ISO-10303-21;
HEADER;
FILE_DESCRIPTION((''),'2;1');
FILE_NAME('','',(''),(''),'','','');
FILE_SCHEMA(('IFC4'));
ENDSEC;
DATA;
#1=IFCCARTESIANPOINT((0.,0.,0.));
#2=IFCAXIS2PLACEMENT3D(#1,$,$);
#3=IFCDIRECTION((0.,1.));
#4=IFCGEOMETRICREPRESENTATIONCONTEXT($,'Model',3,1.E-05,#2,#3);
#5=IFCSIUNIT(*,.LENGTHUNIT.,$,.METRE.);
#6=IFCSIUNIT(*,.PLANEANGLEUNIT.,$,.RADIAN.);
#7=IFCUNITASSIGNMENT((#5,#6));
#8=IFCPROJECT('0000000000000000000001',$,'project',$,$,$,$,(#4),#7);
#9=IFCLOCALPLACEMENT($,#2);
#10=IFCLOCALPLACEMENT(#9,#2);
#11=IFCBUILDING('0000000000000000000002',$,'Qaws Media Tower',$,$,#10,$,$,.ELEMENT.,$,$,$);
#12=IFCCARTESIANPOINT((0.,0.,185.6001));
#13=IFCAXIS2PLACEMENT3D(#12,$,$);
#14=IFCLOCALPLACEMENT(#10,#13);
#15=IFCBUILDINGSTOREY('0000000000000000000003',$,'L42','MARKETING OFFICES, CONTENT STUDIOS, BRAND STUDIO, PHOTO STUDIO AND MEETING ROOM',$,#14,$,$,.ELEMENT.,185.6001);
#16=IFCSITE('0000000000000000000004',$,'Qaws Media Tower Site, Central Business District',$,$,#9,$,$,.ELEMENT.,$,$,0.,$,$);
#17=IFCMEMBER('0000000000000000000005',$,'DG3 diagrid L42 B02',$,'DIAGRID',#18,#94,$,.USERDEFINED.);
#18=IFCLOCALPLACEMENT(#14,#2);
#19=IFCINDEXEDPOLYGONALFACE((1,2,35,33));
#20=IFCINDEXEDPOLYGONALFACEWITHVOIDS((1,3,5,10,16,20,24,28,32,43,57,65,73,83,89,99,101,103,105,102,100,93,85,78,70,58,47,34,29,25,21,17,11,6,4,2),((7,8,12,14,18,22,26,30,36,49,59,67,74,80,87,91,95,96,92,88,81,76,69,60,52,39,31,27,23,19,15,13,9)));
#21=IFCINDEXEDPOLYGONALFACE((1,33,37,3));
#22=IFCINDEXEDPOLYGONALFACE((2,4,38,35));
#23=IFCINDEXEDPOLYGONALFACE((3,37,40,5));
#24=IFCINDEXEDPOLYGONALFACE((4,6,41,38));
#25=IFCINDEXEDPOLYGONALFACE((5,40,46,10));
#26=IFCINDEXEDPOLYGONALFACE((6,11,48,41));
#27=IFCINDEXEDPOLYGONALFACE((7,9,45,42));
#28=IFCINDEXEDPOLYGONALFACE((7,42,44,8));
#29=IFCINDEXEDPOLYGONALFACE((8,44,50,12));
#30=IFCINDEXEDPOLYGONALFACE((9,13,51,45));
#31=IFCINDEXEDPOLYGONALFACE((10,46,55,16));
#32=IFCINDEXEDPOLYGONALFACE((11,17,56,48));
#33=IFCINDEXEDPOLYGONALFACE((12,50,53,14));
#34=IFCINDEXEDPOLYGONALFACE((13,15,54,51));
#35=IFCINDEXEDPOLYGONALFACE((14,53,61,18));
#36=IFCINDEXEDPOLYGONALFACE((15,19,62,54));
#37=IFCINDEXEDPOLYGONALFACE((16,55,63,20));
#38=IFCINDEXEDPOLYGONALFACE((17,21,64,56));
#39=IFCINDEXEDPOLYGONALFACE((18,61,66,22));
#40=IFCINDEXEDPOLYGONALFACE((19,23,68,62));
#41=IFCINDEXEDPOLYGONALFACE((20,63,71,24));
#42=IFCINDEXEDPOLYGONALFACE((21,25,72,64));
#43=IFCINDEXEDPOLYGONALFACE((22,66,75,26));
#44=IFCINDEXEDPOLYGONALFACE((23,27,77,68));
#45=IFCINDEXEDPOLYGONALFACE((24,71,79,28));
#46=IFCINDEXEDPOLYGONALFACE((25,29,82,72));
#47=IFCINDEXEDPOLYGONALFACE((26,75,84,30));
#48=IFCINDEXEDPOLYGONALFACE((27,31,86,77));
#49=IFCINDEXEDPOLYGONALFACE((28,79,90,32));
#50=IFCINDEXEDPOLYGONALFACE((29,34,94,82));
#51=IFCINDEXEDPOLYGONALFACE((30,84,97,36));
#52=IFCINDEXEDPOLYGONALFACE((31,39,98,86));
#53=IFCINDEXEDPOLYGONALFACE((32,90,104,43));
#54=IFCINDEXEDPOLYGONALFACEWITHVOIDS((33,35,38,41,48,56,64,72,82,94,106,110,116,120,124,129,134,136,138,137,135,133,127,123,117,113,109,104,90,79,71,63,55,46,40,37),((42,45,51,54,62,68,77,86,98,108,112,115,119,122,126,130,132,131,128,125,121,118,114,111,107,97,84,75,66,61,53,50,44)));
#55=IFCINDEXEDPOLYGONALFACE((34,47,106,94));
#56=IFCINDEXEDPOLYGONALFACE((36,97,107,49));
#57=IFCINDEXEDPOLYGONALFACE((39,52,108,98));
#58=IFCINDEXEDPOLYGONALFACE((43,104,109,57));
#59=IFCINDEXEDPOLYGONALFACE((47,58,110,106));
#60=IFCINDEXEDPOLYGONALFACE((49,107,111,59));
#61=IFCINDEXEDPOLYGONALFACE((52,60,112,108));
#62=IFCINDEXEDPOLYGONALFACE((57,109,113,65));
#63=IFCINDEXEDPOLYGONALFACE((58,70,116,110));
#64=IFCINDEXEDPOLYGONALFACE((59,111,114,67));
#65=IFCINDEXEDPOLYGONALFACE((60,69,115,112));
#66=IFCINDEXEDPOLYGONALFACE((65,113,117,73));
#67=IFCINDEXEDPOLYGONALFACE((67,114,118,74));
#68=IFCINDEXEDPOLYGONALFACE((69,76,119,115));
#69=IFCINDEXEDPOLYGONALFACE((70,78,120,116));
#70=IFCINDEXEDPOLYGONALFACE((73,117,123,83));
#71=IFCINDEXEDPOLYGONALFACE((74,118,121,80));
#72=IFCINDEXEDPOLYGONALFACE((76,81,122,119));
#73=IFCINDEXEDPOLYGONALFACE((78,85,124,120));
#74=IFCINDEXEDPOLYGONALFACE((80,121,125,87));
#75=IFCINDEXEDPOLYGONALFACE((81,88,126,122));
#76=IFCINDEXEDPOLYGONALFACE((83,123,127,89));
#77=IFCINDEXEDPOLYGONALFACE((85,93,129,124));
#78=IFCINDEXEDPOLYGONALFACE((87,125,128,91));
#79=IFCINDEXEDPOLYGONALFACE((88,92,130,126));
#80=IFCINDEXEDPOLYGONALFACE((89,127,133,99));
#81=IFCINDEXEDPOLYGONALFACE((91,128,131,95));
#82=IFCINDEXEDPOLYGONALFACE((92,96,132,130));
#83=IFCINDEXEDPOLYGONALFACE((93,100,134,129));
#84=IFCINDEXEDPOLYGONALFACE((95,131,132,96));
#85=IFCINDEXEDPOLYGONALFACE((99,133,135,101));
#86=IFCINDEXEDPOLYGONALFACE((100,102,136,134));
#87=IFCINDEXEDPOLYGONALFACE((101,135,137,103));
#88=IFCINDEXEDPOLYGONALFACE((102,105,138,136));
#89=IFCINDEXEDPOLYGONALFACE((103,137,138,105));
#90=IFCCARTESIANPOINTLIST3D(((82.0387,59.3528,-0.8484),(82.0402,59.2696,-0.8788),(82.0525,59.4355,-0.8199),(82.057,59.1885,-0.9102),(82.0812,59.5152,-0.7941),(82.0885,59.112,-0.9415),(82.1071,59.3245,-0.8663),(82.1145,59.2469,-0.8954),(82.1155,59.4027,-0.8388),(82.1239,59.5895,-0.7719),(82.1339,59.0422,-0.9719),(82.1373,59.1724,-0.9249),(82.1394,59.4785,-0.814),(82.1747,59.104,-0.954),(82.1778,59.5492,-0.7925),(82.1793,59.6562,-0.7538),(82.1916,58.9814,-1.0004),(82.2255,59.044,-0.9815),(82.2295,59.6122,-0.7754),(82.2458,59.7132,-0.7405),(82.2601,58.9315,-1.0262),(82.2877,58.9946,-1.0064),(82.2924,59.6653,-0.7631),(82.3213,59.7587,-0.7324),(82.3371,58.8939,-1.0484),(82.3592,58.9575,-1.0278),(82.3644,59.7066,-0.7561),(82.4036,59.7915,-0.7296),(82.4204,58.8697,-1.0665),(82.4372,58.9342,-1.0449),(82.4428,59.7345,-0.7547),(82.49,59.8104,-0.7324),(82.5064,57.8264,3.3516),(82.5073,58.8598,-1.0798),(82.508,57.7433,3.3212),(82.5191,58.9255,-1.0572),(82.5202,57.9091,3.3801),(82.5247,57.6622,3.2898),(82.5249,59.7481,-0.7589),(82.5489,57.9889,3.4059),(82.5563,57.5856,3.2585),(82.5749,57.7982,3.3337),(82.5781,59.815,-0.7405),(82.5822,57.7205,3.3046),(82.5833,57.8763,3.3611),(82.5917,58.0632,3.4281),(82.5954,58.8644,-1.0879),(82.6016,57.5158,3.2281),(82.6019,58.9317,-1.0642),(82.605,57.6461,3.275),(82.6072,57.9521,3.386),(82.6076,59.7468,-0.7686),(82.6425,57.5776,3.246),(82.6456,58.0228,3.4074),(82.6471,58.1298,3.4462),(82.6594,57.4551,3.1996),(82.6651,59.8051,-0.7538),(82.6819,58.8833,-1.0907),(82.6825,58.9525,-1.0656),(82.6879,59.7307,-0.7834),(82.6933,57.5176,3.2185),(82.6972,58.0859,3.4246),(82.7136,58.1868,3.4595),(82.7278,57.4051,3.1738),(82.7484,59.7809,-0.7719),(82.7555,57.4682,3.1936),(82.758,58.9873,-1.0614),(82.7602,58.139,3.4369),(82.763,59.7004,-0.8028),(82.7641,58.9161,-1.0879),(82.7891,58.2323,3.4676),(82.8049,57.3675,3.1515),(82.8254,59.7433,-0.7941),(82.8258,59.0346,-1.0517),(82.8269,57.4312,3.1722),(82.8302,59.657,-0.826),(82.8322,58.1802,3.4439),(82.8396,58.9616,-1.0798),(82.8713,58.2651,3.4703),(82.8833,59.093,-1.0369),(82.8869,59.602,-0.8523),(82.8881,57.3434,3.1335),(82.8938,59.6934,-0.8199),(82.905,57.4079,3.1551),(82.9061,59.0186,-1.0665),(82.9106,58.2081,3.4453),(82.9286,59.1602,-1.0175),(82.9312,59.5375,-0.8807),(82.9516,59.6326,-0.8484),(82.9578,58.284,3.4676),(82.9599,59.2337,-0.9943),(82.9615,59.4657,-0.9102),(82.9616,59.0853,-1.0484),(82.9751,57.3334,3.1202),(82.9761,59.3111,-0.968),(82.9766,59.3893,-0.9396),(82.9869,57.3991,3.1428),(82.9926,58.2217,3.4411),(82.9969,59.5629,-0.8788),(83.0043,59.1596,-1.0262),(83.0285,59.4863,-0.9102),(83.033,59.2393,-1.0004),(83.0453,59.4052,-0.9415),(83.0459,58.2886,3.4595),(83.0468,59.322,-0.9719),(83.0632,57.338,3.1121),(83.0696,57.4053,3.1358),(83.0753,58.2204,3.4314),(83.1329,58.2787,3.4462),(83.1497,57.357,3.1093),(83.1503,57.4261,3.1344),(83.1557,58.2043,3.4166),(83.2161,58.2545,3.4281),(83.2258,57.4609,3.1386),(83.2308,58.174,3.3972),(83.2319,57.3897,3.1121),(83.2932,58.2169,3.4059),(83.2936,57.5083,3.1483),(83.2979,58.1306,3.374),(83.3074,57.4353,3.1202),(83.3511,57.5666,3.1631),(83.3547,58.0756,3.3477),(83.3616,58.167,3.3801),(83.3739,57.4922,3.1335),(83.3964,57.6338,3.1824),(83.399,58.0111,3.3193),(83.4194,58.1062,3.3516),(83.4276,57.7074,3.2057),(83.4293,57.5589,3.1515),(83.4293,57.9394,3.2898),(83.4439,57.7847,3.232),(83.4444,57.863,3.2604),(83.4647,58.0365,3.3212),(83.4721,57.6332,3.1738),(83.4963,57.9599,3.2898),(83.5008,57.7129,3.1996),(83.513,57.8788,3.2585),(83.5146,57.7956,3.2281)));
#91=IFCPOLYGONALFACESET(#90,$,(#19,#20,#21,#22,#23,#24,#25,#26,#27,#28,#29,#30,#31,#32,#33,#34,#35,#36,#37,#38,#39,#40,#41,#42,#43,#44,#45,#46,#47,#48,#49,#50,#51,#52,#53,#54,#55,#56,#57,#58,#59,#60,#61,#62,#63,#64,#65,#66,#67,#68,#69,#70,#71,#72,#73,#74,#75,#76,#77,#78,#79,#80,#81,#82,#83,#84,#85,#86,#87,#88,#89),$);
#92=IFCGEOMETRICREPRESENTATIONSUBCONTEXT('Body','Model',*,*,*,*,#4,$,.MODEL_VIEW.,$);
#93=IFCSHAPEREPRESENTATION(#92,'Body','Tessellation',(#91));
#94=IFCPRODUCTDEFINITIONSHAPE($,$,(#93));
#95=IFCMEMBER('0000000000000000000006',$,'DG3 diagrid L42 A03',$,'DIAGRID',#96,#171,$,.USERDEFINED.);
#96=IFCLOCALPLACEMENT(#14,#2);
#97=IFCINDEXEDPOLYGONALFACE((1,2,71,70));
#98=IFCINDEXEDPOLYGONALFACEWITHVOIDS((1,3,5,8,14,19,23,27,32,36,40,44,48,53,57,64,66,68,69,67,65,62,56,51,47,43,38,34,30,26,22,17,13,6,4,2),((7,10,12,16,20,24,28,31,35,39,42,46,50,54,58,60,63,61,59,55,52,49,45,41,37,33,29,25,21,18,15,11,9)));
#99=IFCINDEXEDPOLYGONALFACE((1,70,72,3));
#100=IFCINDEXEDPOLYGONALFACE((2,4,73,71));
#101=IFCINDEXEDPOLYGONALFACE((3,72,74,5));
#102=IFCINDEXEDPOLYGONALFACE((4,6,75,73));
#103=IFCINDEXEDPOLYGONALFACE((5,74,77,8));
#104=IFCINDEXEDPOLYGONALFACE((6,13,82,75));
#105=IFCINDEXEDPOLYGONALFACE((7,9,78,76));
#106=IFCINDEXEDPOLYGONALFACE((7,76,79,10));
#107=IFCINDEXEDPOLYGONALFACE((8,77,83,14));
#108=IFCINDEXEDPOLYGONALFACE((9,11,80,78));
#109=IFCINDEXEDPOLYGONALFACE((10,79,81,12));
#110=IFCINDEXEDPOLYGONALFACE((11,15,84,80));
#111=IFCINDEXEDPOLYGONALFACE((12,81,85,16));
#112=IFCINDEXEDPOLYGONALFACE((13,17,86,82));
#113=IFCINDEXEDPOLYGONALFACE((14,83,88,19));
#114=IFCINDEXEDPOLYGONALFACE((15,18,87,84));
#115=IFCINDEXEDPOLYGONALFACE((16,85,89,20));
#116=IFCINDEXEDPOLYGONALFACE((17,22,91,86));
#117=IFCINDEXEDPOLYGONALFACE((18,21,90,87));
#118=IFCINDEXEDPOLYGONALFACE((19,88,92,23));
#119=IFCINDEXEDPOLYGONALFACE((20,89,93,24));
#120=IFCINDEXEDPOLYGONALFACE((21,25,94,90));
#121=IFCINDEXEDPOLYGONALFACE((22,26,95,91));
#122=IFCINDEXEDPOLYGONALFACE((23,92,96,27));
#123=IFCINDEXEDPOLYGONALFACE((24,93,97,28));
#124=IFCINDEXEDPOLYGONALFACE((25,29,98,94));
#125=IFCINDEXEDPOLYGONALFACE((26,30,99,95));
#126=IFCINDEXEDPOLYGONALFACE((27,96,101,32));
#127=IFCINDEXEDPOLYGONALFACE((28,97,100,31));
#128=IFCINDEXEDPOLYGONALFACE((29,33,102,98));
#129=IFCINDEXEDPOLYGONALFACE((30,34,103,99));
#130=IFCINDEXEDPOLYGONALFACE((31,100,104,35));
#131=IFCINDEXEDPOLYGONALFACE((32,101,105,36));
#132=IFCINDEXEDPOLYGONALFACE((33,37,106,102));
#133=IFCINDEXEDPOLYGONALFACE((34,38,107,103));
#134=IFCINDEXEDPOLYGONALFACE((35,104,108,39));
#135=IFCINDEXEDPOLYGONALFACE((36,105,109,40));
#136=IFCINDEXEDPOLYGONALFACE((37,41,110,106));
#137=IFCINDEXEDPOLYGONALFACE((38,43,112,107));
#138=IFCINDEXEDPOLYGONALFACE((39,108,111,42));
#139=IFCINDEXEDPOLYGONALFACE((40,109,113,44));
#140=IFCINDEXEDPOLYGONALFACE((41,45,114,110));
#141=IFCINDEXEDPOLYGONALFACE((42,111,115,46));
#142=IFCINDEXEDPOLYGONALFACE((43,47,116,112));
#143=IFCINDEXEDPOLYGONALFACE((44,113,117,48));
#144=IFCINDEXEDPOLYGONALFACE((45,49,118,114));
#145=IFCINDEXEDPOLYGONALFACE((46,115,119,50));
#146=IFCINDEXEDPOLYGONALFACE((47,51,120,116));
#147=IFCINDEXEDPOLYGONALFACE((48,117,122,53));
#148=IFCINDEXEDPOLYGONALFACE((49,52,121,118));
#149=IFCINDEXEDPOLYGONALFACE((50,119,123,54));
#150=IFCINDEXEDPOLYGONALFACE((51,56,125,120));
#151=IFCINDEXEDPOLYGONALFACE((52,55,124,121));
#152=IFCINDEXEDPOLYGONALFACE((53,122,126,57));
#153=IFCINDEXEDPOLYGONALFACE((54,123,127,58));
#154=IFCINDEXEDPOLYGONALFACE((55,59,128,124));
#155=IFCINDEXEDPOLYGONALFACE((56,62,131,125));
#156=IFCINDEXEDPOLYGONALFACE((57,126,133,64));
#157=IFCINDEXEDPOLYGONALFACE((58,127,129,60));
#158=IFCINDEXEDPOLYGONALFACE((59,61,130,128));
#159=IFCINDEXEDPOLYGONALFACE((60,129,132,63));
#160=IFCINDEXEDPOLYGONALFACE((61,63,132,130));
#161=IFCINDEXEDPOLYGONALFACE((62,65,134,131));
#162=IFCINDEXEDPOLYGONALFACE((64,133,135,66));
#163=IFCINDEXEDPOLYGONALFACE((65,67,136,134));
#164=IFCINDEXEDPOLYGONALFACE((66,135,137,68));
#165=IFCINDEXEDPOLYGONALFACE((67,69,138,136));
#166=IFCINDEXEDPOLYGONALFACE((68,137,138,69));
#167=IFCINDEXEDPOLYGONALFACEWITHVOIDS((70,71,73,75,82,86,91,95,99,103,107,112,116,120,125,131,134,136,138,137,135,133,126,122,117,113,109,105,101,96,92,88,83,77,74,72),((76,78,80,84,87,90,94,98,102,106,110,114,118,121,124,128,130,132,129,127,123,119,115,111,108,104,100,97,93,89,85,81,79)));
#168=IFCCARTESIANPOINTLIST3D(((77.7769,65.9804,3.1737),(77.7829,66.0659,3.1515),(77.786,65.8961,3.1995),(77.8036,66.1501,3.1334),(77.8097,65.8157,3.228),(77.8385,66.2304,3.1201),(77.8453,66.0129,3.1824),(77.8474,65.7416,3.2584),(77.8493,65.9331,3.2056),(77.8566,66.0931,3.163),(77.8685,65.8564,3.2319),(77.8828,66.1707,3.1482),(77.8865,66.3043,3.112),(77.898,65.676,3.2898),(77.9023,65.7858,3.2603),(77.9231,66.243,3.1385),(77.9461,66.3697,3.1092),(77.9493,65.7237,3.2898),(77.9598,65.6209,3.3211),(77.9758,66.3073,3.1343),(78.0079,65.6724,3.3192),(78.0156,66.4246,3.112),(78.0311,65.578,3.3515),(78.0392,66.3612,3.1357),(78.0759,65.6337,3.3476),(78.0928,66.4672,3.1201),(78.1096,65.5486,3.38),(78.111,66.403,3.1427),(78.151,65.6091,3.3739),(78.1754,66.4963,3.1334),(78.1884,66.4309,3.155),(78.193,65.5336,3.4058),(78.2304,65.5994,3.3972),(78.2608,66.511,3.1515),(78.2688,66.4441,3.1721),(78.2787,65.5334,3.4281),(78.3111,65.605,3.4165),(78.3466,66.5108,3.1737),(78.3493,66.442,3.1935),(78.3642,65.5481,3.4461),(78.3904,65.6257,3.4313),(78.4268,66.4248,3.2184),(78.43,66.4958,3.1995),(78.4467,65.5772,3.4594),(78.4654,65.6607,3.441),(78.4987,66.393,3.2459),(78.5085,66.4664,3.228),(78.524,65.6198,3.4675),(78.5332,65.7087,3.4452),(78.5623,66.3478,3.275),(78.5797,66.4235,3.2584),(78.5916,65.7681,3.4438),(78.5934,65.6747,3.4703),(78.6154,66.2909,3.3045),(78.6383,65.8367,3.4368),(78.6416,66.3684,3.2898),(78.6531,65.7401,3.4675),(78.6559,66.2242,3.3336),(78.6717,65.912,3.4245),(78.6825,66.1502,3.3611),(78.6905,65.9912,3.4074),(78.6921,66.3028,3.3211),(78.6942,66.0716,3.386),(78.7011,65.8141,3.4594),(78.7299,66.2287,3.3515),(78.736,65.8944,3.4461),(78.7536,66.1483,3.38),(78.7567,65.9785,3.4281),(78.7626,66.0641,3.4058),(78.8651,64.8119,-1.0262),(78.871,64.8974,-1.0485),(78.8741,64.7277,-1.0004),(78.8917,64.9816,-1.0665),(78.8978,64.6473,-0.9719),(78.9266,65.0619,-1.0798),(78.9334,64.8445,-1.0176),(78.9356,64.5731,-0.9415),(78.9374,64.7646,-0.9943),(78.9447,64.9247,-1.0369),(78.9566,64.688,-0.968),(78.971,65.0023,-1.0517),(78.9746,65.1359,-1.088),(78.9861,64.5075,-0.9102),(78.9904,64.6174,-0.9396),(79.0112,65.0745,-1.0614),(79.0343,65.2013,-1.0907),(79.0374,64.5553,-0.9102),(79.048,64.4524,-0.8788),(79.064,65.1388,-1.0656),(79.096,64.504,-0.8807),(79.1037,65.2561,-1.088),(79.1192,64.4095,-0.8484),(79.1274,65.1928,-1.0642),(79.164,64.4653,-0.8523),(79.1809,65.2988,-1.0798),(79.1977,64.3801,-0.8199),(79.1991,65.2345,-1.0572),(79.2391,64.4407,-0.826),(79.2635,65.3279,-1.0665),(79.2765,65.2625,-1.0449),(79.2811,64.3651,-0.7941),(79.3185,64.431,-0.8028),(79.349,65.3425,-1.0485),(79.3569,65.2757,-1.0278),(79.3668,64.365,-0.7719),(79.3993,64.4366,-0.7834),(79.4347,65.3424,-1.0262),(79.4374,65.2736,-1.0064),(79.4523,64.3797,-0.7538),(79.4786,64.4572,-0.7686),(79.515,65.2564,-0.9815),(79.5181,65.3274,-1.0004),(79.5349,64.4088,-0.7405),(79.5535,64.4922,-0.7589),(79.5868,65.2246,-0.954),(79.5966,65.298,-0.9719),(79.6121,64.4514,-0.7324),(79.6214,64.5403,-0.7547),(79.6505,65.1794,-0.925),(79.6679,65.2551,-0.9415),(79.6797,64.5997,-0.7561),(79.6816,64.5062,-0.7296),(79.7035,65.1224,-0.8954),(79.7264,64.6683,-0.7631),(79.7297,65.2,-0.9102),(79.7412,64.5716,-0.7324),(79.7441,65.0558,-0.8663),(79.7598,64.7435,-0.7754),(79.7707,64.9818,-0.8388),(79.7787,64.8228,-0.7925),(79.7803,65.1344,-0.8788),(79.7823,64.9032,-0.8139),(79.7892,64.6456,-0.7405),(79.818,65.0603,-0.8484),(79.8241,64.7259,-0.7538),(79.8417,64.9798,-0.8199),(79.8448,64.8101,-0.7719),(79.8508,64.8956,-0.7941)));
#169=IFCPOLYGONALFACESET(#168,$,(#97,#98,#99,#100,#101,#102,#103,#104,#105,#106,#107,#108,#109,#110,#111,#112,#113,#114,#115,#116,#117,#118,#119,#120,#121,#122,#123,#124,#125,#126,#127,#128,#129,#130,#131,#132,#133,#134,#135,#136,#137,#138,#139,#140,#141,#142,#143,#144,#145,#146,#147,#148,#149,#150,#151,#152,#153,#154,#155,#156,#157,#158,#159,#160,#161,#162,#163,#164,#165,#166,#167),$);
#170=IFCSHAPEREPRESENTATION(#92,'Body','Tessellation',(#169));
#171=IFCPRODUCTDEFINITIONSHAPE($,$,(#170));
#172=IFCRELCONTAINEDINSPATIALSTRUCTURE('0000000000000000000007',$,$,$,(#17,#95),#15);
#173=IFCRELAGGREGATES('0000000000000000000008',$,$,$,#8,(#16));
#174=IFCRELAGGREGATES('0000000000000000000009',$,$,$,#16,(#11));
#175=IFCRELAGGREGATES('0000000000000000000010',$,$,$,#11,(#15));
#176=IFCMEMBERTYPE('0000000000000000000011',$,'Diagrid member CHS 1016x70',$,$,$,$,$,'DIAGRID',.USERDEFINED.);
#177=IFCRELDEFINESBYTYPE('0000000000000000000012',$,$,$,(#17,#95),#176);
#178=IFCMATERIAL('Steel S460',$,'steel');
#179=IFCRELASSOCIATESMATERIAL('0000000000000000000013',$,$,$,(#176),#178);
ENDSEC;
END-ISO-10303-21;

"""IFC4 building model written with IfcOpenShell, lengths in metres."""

from ifc_helpers import new_model, si_unit, direction, frame, origin, origin_2d, place, context, subcontext, project, spatial, hollow_circle, extrude, material, material_profile, profile_set, type_object, element, save


model = new_model("IFC4")

# Units and contexts
model_context = context("Model", 3, precision=1e-05, world=origin(), true_north=direction((0.0, 1.0)))
body_context = subcontext(model_context, "Body", "Model", "MODEL_VIEW")
ifc_project = project(units=[si_unit("LENGTHUNIT", "METRE"), si_unit("PLANEANGLEUNIT", "RADIAN")], contexts=[model_context])

# Site, building, storey
site_placement = place(None, origin())
site = spatial("IfcSite", under=ifc_project, at=site_placement, Name="Qaws Media Tower Site, Central Business District", CompositionType="ELEMENT", RefElevation=0.0)
building_placement = place(site_placement, origin())
building = spatial("IfcBuilding", under=site, at=building_placement, Name="Qaws Media Tower", CompositionType="ELEMENT")
storey_placement = place(building_placement, frame((0.0, 0.0, 185.6001)))
storey = spatial("IfcBuildingStorey", under=building, at=storey_placement, Name="L42", Description="MARKETING OFFICES, CONTENT STUDIOS, BRAND STUDIO, PHOTO STUDIO AND MEETING ROOM", CompositionType="ELEMENT", Elevation=185.6001)

# Members
ifc_material_1 = material(Name="Steel S460", Category="steel")
ifc_material_profile_1 = material_profile(ifc_material_1, hollow_circle(Radius=0.5081, WallThickness=0.0701, at=origin_2d()), Name="CHS 1016x70")
ifc_profile_set_1 = profile_set([ifc_material_profile_1], Name="Steel S460")
member_type_1 = type_object("IfcMemberType", Name="Diagrid member CHS 1016x70", ElementType="DIAGRID", PredefinedType="USERDEFINED", material=ifc_profile_set_1)
for number, where, z_axis, x_axis, name in (
    (1, (82.5427, 59.3374, -0.9102), (0.104109, -0.339711, 0.93475), (0.956109, 0.293011, 0.0), "DG3 diagrid L42 B02"),
    (2, (79.3579, 64.8538, -0.9102), (-0.242173, 0.26005, 0.934733), (-0.731812, -0.681506, 0.0), "DG3 diagrid L42 A03"),
):
    element("IfcMember", number, at=place(storey_placement, frame(where, z_axis=z_axis, x_axis=x_axis)), inside=storey, type_object=member_type_1, Name=name, ObjectType="DIAGRID", PredefinedType="USERDEFINED", context=body_context, shape_type="SweptSolid", body=[
        extrude(hollow_circle(Radius=0.5081, WallThickness=0.0701, at=origin_2d()), origin(), (0.0, 0.0, 1.0), 4.4932),
    ])

save(model, "model.ifc")
